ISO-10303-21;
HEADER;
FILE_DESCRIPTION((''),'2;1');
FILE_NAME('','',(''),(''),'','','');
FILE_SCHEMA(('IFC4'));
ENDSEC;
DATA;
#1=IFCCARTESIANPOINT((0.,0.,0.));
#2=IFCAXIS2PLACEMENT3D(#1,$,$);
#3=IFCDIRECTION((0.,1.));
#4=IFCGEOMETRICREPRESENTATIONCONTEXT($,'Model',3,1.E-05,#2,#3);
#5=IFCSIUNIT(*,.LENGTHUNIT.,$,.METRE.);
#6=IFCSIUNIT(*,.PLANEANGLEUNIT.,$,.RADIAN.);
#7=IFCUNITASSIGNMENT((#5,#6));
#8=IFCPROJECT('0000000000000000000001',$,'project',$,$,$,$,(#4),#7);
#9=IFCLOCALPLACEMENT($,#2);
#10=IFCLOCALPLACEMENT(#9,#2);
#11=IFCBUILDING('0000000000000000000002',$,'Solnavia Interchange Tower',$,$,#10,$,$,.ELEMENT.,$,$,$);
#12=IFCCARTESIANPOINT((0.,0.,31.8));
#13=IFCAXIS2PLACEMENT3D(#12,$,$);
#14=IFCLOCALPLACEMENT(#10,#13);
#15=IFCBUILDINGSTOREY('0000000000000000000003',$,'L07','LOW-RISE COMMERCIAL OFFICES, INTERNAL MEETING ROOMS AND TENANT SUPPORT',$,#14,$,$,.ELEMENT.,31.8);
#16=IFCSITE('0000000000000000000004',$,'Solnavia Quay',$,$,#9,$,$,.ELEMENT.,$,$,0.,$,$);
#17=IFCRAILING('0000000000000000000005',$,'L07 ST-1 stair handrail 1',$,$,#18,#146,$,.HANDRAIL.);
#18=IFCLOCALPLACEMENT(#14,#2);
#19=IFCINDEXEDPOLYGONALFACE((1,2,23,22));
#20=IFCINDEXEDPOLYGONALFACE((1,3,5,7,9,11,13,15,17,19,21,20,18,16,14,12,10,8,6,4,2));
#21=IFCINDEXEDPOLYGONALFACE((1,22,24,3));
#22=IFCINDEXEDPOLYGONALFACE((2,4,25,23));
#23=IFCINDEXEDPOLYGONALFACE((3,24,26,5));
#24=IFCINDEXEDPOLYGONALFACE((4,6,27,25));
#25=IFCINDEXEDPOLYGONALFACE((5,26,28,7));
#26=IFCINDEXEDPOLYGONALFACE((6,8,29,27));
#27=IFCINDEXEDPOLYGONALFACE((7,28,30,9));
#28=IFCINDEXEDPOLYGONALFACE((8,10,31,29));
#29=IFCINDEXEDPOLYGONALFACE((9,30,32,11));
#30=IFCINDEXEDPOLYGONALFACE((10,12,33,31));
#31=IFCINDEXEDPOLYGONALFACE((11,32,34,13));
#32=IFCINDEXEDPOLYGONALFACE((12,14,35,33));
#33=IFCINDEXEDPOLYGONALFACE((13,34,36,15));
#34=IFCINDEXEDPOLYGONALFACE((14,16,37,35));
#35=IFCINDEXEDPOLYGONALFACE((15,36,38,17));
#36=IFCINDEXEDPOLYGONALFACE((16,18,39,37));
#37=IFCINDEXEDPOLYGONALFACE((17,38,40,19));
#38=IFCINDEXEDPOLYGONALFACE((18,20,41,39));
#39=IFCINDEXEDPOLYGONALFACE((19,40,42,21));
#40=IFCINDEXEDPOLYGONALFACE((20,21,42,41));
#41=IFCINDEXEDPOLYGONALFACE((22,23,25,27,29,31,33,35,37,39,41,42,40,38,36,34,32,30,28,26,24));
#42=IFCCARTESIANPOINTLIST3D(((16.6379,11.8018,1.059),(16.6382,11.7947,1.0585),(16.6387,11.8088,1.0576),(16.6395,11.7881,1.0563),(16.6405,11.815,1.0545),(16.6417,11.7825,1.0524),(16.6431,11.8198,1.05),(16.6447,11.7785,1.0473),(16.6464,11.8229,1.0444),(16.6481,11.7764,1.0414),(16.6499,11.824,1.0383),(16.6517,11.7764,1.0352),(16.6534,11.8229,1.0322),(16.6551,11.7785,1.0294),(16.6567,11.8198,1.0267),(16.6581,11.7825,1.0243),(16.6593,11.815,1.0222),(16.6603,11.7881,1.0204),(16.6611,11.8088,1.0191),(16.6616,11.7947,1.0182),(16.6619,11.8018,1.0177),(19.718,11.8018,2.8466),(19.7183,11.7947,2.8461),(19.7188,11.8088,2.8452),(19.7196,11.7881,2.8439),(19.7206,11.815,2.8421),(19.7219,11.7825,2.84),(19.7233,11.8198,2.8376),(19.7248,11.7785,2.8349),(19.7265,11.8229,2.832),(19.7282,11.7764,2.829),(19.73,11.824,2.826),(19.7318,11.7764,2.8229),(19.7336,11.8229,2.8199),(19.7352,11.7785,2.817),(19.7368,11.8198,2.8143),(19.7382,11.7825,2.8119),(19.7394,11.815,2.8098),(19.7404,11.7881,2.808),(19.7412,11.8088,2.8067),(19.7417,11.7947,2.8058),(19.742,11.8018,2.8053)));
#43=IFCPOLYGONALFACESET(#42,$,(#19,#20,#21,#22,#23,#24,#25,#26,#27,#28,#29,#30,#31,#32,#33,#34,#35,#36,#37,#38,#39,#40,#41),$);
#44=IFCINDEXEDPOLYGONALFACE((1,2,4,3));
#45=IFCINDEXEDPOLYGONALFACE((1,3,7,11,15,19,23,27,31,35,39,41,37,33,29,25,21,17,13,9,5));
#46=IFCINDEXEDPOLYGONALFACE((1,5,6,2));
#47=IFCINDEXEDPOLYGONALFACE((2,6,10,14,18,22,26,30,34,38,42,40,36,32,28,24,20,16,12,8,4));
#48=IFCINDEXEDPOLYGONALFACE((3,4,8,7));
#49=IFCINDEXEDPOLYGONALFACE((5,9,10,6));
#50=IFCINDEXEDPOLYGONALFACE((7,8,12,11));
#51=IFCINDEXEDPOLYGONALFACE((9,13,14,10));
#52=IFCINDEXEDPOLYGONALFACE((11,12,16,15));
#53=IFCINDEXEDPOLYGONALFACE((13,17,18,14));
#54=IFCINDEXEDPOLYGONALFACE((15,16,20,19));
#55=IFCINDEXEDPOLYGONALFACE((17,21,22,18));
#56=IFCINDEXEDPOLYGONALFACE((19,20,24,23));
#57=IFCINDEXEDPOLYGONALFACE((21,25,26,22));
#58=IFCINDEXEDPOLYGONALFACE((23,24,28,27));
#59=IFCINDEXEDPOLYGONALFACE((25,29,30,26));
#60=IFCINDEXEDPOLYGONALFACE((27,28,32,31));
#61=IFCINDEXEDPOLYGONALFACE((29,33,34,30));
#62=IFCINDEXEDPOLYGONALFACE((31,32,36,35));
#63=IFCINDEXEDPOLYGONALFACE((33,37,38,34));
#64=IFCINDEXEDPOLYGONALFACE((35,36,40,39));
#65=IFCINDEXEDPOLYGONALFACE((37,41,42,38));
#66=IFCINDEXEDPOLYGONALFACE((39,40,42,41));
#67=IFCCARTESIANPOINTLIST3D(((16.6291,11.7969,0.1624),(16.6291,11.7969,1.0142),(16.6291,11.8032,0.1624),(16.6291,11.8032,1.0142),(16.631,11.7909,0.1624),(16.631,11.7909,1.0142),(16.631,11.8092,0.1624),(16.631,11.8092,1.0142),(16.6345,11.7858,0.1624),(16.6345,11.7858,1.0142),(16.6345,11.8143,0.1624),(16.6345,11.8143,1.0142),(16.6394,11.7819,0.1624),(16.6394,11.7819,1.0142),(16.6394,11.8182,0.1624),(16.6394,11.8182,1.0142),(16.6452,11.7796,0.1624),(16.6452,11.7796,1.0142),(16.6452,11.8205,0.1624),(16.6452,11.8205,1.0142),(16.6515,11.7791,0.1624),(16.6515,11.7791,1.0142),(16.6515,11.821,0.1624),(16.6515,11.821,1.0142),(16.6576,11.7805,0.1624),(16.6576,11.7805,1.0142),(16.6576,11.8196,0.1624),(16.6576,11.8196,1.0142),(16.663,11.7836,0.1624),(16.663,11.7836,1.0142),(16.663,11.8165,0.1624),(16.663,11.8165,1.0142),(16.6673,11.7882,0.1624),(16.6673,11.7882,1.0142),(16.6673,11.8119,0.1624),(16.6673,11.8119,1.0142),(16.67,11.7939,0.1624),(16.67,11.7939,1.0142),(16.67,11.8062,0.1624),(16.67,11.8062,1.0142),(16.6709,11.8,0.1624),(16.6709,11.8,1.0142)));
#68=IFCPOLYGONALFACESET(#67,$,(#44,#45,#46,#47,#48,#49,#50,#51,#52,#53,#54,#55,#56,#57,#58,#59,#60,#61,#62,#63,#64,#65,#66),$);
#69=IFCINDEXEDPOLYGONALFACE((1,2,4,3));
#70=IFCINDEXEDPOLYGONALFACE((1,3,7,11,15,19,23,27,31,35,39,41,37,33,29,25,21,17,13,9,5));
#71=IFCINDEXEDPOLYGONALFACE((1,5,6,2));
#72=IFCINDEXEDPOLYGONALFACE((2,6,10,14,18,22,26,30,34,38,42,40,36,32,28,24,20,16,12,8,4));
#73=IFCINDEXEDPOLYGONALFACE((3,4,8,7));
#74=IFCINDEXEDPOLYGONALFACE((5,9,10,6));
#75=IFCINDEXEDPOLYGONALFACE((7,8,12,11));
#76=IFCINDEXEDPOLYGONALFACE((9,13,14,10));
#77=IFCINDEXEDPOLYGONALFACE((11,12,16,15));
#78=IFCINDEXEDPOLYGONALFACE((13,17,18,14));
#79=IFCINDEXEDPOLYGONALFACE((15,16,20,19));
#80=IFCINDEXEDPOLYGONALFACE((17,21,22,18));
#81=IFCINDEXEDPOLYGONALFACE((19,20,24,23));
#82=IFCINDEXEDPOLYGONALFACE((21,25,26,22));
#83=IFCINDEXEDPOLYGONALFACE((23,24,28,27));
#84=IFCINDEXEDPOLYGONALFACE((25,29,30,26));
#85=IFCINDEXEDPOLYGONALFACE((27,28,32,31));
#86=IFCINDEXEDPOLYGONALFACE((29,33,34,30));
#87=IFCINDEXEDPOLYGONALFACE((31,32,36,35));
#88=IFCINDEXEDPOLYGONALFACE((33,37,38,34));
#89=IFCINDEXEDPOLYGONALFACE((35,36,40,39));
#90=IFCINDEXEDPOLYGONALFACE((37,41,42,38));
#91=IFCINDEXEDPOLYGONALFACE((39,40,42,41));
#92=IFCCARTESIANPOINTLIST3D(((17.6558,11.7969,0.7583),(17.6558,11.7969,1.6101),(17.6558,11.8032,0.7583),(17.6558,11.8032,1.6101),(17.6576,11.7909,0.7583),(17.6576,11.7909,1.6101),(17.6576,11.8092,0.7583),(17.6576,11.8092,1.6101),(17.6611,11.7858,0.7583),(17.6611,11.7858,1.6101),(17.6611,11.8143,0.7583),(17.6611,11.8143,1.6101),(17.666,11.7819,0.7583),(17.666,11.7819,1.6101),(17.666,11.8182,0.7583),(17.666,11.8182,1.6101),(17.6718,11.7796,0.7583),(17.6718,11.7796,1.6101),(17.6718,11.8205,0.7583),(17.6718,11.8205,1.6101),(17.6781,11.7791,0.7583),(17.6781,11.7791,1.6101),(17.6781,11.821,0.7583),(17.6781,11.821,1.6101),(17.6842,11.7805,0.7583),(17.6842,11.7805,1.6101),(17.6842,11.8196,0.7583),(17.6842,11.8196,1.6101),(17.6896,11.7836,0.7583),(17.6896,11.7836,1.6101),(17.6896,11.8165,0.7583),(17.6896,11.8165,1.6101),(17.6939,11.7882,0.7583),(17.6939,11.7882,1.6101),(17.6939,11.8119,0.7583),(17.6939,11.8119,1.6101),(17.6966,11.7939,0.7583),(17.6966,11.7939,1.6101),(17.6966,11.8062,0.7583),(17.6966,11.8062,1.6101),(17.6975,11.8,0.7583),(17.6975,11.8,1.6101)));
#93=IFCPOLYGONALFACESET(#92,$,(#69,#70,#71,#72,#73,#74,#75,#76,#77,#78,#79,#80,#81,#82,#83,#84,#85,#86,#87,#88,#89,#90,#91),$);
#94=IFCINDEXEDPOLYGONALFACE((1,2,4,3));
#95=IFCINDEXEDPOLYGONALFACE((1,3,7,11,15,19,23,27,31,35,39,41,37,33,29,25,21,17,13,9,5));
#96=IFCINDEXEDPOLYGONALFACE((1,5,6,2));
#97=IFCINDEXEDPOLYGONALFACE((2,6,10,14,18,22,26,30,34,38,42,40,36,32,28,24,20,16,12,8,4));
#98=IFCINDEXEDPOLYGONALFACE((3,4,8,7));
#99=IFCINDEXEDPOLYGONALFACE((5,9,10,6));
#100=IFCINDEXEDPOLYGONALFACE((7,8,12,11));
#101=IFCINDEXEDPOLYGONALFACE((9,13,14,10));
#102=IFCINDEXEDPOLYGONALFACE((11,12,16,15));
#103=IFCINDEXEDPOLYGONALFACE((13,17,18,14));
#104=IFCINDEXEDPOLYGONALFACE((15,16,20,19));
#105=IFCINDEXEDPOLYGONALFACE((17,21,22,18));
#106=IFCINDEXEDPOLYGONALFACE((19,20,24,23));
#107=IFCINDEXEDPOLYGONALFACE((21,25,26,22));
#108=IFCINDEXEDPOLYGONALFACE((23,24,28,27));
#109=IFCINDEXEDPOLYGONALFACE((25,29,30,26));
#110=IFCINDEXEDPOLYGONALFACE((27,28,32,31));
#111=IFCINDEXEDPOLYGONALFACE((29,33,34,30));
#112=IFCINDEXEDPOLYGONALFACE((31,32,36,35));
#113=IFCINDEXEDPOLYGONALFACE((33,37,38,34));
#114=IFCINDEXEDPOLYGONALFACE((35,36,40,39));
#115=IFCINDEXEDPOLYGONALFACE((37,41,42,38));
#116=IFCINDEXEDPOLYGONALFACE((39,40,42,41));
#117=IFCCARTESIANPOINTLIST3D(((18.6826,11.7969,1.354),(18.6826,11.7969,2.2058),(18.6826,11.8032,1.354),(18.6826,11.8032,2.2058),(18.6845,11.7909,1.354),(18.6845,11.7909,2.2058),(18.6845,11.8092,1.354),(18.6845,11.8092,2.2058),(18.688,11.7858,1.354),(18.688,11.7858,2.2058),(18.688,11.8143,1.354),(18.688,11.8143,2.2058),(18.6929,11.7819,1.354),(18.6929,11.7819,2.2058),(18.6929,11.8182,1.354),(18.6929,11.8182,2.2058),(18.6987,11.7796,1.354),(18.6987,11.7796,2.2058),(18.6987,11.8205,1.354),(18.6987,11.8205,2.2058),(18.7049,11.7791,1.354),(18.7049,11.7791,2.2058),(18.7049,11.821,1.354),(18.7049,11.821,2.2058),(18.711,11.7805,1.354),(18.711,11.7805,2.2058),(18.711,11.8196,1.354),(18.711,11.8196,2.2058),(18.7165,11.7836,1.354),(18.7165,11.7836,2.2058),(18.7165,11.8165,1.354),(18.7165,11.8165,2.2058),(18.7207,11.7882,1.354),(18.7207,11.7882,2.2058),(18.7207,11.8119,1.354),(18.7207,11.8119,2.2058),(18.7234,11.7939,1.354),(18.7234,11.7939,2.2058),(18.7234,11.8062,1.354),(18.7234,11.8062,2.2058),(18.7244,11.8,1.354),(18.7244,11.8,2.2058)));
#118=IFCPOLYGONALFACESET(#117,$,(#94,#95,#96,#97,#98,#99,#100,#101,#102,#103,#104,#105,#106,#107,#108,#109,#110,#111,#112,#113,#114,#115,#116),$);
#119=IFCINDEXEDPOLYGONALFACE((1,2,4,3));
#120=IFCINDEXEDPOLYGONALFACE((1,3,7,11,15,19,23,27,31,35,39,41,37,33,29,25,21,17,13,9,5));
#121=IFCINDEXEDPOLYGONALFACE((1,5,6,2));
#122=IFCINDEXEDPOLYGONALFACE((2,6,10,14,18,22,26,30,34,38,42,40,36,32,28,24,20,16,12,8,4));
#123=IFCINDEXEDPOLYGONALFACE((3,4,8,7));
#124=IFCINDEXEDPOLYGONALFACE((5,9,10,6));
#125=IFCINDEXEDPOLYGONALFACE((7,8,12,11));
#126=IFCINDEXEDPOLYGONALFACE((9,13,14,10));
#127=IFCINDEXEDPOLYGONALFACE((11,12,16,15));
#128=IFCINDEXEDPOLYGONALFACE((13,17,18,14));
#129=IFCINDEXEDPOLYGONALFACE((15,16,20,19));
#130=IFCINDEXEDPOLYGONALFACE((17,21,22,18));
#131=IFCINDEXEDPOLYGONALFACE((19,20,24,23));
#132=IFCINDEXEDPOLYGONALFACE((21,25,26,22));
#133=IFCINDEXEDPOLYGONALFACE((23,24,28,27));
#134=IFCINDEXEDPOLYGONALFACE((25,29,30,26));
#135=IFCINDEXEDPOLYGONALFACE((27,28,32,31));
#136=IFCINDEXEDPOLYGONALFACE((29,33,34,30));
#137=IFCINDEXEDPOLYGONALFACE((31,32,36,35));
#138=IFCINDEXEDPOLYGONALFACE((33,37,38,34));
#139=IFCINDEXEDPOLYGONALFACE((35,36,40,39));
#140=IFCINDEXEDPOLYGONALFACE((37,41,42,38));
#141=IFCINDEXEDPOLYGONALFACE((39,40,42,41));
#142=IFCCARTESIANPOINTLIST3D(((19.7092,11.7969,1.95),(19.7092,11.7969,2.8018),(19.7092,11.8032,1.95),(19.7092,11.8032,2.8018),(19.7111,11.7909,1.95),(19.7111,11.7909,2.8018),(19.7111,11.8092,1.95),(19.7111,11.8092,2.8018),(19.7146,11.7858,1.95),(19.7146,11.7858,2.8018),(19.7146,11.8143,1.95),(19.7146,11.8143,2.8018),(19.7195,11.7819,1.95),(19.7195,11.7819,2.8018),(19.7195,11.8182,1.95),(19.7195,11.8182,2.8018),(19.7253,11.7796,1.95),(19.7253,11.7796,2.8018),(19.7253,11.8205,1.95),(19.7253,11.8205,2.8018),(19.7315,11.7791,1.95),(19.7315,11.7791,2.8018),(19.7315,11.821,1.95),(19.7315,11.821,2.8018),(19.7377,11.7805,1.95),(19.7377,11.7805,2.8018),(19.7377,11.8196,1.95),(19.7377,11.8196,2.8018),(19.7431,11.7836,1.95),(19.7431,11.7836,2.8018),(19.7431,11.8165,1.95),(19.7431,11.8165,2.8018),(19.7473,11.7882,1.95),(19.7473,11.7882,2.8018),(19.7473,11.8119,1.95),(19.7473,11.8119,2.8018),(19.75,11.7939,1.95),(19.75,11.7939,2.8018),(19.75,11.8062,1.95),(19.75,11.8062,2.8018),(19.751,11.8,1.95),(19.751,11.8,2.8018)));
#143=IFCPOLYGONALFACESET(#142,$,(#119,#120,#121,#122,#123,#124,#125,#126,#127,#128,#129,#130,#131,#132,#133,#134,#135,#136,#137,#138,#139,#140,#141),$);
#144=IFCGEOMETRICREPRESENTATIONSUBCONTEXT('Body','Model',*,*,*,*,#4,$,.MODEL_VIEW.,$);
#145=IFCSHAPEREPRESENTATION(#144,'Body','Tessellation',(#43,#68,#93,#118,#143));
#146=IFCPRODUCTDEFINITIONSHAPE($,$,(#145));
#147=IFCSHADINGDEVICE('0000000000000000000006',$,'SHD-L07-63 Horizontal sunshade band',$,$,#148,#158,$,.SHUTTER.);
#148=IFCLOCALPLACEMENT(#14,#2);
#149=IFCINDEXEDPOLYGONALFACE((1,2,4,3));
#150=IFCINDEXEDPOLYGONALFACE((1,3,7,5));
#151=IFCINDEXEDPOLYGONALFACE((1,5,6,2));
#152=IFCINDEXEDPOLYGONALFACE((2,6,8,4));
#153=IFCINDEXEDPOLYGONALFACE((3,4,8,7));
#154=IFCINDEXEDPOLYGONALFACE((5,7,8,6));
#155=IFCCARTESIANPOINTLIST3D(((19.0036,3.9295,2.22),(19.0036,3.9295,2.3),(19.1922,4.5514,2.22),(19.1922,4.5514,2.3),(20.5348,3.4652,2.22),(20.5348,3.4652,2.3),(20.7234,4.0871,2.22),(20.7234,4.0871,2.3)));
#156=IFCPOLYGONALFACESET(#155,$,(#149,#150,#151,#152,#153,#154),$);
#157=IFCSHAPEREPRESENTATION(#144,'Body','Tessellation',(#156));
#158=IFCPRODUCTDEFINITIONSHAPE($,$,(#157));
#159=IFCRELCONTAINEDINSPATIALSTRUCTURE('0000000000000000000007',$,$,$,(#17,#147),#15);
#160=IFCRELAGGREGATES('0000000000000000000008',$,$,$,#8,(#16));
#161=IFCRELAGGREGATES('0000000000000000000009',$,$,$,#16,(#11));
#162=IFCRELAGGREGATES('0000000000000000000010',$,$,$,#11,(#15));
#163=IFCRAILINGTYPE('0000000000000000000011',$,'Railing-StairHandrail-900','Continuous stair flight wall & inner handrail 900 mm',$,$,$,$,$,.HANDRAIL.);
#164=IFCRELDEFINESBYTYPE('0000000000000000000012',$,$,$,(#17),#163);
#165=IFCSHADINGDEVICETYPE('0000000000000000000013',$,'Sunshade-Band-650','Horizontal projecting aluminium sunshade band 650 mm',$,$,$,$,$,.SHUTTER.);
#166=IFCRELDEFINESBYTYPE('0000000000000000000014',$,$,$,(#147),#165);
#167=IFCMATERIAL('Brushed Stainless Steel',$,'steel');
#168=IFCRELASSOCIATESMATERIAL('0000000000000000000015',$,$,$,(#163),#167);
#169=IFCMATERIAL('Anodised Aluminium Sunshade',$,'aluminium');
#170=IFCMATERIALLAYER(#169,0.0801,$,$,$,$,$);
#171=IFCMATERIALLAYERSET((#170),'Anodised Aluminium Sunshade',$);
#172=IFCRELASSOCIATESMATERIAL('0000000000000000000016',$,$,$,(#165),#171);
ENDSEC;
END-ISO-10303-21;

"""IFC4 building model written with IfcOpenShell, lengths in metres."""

from ifc_helpers import new_model, si_unit, direction, frame, origin, origin_2d, place, context, subcontext, project, spatial, rectangle, circle, extrude, material, layer, layer_set, type_object, element, save


model = new_model("IFC4")

# Units and contexts
model_context = context("Model", 3, precision=1e-05, world=origin(), true_north=direction((0.0, 1.0)))
body_context = subcontext(model_context, "Body", "Model", "MODEL_VIEW")
ifc_project = project(units=[si_unit("LENGTHUNIT", "METRE"), si_unit("PLANEANGLEUNIT", "RADIAN")], contexts=[model_context])

# Site, building, storey
site_placement = place(None, origin())
site = spatial("IfcSite", under=ifc_project, at=site_placement, Name="Solnavia Quay", CompositionType="ELEMENT", RefElevation=0.0)
building_placement = place(site_placement, origin())
building = spatial("IfcBuilding", under=site, at=building_placement, Name="Solnavia Interchange Tower", CompositionType="ELEMENT")
storey_placement = place(building_placement, frame((0.0, 0.0, 31.8)))
storey = spatial("IfcBuildingStorey", under=building, at=storey_placement, Name="L07", Description="LOW-RISE COMMERCIAL OFFICES, INTERNAL MEETING ROOMS AND TENANT SUPPORT", CompositionType="ELEMENT", Elevation=31.8)

# Railing
ifc_material_1 = material(Name="Brushed Stainless Steel", Category="steel")
railing_type_1 = type_object("IfcRailingType", Name="Railing-StairHandrail-900", Description="Continuous stair flight wall & inner handrail 900 mm", PredefinedType="HANDRAIL", material=ifc_material_1)
railing_1_placement = place(storey_placement, frame((16.6499, 11.8, 0.1624)))
element("IfcRailing", 1, at=railing_1_placement, inside=storey, type_object=railing_type_1, Name="L07 ST-1 stair handrail 1", PredefinedType="HANDRAIL", context=body_context, shape_type="SweptSolid", body=[
    extrude(circle(Radius=0.0239, at=origin_2d()), frame((0.0, 0.0, 0.876), z_axis=(0.864891, 0.0, 0.50196), x_axis=(0.0, 1.0, 0.0)), (0.0, 0.0, 1.0), 3.5613),
    extrude(circle(Radius=0.021, at=origin_2d()), origin(), (0.0, 0.0, 1.0), 0.8518),
    extrude(circle(Radius=0.021, at=origin_2d()), frame((1.0266, 0.0, 0.5959)), (0.0, 0.0, 1.0), 0.8518),
    extrude(circle(Radius=0.021, at=origin_2d()), frame((2.0535, 0.0, 1.1917)), (0.0, 0.0, 1.0), 0.8518),
    extrude(circle(Radius=0.021, at=origin_2d()), frame((3.0801, 0.0, 1.7876)), (0.0, 0.0, 1.0), 0.8518),
])

# Shading device
ifc_material_2 = material(Name="Anodised Aluminium Sunshade", Category="aluminium")
ifc_layer_1 = layer(ifc_material_2, 0.0801)
ifc_layer_set_1 = layer_set([ifc_layer_1], Name="Anodised Aluminium Sunshade")
shading_device_type = type_object("IfcShadingDeviceType", Name="Sunshade-Band-650", Description="Horizontal projecting aluminium sunshade band 650 mm", PredefinedType="SHUTTER", material=ifc_layer_set_1)
shading_device_placement = place(storey_placement, frame((19.8635, 4.0083, 2.22), z_axis=(0.0, 0.0, 1.0), x_axis=(-0.956966, 0.290201, 0.0)))
element("IfcShadingDevice", 2, at=shading_device_placement, inside=storey, type_object=shading_device_type, Name="SHD-L07-63 Horizontal sunshade band", PredefinedType="SHUTTER", context=body_context, shape_type="SweptSolid", body=[
    extrude(rectangle(XDim=1.6001, YDim=0.6499, at=origin_2d()), origin(), (0.0, 0.0, 1.0), 0.0801),
])

save(model, "model.ifc")
